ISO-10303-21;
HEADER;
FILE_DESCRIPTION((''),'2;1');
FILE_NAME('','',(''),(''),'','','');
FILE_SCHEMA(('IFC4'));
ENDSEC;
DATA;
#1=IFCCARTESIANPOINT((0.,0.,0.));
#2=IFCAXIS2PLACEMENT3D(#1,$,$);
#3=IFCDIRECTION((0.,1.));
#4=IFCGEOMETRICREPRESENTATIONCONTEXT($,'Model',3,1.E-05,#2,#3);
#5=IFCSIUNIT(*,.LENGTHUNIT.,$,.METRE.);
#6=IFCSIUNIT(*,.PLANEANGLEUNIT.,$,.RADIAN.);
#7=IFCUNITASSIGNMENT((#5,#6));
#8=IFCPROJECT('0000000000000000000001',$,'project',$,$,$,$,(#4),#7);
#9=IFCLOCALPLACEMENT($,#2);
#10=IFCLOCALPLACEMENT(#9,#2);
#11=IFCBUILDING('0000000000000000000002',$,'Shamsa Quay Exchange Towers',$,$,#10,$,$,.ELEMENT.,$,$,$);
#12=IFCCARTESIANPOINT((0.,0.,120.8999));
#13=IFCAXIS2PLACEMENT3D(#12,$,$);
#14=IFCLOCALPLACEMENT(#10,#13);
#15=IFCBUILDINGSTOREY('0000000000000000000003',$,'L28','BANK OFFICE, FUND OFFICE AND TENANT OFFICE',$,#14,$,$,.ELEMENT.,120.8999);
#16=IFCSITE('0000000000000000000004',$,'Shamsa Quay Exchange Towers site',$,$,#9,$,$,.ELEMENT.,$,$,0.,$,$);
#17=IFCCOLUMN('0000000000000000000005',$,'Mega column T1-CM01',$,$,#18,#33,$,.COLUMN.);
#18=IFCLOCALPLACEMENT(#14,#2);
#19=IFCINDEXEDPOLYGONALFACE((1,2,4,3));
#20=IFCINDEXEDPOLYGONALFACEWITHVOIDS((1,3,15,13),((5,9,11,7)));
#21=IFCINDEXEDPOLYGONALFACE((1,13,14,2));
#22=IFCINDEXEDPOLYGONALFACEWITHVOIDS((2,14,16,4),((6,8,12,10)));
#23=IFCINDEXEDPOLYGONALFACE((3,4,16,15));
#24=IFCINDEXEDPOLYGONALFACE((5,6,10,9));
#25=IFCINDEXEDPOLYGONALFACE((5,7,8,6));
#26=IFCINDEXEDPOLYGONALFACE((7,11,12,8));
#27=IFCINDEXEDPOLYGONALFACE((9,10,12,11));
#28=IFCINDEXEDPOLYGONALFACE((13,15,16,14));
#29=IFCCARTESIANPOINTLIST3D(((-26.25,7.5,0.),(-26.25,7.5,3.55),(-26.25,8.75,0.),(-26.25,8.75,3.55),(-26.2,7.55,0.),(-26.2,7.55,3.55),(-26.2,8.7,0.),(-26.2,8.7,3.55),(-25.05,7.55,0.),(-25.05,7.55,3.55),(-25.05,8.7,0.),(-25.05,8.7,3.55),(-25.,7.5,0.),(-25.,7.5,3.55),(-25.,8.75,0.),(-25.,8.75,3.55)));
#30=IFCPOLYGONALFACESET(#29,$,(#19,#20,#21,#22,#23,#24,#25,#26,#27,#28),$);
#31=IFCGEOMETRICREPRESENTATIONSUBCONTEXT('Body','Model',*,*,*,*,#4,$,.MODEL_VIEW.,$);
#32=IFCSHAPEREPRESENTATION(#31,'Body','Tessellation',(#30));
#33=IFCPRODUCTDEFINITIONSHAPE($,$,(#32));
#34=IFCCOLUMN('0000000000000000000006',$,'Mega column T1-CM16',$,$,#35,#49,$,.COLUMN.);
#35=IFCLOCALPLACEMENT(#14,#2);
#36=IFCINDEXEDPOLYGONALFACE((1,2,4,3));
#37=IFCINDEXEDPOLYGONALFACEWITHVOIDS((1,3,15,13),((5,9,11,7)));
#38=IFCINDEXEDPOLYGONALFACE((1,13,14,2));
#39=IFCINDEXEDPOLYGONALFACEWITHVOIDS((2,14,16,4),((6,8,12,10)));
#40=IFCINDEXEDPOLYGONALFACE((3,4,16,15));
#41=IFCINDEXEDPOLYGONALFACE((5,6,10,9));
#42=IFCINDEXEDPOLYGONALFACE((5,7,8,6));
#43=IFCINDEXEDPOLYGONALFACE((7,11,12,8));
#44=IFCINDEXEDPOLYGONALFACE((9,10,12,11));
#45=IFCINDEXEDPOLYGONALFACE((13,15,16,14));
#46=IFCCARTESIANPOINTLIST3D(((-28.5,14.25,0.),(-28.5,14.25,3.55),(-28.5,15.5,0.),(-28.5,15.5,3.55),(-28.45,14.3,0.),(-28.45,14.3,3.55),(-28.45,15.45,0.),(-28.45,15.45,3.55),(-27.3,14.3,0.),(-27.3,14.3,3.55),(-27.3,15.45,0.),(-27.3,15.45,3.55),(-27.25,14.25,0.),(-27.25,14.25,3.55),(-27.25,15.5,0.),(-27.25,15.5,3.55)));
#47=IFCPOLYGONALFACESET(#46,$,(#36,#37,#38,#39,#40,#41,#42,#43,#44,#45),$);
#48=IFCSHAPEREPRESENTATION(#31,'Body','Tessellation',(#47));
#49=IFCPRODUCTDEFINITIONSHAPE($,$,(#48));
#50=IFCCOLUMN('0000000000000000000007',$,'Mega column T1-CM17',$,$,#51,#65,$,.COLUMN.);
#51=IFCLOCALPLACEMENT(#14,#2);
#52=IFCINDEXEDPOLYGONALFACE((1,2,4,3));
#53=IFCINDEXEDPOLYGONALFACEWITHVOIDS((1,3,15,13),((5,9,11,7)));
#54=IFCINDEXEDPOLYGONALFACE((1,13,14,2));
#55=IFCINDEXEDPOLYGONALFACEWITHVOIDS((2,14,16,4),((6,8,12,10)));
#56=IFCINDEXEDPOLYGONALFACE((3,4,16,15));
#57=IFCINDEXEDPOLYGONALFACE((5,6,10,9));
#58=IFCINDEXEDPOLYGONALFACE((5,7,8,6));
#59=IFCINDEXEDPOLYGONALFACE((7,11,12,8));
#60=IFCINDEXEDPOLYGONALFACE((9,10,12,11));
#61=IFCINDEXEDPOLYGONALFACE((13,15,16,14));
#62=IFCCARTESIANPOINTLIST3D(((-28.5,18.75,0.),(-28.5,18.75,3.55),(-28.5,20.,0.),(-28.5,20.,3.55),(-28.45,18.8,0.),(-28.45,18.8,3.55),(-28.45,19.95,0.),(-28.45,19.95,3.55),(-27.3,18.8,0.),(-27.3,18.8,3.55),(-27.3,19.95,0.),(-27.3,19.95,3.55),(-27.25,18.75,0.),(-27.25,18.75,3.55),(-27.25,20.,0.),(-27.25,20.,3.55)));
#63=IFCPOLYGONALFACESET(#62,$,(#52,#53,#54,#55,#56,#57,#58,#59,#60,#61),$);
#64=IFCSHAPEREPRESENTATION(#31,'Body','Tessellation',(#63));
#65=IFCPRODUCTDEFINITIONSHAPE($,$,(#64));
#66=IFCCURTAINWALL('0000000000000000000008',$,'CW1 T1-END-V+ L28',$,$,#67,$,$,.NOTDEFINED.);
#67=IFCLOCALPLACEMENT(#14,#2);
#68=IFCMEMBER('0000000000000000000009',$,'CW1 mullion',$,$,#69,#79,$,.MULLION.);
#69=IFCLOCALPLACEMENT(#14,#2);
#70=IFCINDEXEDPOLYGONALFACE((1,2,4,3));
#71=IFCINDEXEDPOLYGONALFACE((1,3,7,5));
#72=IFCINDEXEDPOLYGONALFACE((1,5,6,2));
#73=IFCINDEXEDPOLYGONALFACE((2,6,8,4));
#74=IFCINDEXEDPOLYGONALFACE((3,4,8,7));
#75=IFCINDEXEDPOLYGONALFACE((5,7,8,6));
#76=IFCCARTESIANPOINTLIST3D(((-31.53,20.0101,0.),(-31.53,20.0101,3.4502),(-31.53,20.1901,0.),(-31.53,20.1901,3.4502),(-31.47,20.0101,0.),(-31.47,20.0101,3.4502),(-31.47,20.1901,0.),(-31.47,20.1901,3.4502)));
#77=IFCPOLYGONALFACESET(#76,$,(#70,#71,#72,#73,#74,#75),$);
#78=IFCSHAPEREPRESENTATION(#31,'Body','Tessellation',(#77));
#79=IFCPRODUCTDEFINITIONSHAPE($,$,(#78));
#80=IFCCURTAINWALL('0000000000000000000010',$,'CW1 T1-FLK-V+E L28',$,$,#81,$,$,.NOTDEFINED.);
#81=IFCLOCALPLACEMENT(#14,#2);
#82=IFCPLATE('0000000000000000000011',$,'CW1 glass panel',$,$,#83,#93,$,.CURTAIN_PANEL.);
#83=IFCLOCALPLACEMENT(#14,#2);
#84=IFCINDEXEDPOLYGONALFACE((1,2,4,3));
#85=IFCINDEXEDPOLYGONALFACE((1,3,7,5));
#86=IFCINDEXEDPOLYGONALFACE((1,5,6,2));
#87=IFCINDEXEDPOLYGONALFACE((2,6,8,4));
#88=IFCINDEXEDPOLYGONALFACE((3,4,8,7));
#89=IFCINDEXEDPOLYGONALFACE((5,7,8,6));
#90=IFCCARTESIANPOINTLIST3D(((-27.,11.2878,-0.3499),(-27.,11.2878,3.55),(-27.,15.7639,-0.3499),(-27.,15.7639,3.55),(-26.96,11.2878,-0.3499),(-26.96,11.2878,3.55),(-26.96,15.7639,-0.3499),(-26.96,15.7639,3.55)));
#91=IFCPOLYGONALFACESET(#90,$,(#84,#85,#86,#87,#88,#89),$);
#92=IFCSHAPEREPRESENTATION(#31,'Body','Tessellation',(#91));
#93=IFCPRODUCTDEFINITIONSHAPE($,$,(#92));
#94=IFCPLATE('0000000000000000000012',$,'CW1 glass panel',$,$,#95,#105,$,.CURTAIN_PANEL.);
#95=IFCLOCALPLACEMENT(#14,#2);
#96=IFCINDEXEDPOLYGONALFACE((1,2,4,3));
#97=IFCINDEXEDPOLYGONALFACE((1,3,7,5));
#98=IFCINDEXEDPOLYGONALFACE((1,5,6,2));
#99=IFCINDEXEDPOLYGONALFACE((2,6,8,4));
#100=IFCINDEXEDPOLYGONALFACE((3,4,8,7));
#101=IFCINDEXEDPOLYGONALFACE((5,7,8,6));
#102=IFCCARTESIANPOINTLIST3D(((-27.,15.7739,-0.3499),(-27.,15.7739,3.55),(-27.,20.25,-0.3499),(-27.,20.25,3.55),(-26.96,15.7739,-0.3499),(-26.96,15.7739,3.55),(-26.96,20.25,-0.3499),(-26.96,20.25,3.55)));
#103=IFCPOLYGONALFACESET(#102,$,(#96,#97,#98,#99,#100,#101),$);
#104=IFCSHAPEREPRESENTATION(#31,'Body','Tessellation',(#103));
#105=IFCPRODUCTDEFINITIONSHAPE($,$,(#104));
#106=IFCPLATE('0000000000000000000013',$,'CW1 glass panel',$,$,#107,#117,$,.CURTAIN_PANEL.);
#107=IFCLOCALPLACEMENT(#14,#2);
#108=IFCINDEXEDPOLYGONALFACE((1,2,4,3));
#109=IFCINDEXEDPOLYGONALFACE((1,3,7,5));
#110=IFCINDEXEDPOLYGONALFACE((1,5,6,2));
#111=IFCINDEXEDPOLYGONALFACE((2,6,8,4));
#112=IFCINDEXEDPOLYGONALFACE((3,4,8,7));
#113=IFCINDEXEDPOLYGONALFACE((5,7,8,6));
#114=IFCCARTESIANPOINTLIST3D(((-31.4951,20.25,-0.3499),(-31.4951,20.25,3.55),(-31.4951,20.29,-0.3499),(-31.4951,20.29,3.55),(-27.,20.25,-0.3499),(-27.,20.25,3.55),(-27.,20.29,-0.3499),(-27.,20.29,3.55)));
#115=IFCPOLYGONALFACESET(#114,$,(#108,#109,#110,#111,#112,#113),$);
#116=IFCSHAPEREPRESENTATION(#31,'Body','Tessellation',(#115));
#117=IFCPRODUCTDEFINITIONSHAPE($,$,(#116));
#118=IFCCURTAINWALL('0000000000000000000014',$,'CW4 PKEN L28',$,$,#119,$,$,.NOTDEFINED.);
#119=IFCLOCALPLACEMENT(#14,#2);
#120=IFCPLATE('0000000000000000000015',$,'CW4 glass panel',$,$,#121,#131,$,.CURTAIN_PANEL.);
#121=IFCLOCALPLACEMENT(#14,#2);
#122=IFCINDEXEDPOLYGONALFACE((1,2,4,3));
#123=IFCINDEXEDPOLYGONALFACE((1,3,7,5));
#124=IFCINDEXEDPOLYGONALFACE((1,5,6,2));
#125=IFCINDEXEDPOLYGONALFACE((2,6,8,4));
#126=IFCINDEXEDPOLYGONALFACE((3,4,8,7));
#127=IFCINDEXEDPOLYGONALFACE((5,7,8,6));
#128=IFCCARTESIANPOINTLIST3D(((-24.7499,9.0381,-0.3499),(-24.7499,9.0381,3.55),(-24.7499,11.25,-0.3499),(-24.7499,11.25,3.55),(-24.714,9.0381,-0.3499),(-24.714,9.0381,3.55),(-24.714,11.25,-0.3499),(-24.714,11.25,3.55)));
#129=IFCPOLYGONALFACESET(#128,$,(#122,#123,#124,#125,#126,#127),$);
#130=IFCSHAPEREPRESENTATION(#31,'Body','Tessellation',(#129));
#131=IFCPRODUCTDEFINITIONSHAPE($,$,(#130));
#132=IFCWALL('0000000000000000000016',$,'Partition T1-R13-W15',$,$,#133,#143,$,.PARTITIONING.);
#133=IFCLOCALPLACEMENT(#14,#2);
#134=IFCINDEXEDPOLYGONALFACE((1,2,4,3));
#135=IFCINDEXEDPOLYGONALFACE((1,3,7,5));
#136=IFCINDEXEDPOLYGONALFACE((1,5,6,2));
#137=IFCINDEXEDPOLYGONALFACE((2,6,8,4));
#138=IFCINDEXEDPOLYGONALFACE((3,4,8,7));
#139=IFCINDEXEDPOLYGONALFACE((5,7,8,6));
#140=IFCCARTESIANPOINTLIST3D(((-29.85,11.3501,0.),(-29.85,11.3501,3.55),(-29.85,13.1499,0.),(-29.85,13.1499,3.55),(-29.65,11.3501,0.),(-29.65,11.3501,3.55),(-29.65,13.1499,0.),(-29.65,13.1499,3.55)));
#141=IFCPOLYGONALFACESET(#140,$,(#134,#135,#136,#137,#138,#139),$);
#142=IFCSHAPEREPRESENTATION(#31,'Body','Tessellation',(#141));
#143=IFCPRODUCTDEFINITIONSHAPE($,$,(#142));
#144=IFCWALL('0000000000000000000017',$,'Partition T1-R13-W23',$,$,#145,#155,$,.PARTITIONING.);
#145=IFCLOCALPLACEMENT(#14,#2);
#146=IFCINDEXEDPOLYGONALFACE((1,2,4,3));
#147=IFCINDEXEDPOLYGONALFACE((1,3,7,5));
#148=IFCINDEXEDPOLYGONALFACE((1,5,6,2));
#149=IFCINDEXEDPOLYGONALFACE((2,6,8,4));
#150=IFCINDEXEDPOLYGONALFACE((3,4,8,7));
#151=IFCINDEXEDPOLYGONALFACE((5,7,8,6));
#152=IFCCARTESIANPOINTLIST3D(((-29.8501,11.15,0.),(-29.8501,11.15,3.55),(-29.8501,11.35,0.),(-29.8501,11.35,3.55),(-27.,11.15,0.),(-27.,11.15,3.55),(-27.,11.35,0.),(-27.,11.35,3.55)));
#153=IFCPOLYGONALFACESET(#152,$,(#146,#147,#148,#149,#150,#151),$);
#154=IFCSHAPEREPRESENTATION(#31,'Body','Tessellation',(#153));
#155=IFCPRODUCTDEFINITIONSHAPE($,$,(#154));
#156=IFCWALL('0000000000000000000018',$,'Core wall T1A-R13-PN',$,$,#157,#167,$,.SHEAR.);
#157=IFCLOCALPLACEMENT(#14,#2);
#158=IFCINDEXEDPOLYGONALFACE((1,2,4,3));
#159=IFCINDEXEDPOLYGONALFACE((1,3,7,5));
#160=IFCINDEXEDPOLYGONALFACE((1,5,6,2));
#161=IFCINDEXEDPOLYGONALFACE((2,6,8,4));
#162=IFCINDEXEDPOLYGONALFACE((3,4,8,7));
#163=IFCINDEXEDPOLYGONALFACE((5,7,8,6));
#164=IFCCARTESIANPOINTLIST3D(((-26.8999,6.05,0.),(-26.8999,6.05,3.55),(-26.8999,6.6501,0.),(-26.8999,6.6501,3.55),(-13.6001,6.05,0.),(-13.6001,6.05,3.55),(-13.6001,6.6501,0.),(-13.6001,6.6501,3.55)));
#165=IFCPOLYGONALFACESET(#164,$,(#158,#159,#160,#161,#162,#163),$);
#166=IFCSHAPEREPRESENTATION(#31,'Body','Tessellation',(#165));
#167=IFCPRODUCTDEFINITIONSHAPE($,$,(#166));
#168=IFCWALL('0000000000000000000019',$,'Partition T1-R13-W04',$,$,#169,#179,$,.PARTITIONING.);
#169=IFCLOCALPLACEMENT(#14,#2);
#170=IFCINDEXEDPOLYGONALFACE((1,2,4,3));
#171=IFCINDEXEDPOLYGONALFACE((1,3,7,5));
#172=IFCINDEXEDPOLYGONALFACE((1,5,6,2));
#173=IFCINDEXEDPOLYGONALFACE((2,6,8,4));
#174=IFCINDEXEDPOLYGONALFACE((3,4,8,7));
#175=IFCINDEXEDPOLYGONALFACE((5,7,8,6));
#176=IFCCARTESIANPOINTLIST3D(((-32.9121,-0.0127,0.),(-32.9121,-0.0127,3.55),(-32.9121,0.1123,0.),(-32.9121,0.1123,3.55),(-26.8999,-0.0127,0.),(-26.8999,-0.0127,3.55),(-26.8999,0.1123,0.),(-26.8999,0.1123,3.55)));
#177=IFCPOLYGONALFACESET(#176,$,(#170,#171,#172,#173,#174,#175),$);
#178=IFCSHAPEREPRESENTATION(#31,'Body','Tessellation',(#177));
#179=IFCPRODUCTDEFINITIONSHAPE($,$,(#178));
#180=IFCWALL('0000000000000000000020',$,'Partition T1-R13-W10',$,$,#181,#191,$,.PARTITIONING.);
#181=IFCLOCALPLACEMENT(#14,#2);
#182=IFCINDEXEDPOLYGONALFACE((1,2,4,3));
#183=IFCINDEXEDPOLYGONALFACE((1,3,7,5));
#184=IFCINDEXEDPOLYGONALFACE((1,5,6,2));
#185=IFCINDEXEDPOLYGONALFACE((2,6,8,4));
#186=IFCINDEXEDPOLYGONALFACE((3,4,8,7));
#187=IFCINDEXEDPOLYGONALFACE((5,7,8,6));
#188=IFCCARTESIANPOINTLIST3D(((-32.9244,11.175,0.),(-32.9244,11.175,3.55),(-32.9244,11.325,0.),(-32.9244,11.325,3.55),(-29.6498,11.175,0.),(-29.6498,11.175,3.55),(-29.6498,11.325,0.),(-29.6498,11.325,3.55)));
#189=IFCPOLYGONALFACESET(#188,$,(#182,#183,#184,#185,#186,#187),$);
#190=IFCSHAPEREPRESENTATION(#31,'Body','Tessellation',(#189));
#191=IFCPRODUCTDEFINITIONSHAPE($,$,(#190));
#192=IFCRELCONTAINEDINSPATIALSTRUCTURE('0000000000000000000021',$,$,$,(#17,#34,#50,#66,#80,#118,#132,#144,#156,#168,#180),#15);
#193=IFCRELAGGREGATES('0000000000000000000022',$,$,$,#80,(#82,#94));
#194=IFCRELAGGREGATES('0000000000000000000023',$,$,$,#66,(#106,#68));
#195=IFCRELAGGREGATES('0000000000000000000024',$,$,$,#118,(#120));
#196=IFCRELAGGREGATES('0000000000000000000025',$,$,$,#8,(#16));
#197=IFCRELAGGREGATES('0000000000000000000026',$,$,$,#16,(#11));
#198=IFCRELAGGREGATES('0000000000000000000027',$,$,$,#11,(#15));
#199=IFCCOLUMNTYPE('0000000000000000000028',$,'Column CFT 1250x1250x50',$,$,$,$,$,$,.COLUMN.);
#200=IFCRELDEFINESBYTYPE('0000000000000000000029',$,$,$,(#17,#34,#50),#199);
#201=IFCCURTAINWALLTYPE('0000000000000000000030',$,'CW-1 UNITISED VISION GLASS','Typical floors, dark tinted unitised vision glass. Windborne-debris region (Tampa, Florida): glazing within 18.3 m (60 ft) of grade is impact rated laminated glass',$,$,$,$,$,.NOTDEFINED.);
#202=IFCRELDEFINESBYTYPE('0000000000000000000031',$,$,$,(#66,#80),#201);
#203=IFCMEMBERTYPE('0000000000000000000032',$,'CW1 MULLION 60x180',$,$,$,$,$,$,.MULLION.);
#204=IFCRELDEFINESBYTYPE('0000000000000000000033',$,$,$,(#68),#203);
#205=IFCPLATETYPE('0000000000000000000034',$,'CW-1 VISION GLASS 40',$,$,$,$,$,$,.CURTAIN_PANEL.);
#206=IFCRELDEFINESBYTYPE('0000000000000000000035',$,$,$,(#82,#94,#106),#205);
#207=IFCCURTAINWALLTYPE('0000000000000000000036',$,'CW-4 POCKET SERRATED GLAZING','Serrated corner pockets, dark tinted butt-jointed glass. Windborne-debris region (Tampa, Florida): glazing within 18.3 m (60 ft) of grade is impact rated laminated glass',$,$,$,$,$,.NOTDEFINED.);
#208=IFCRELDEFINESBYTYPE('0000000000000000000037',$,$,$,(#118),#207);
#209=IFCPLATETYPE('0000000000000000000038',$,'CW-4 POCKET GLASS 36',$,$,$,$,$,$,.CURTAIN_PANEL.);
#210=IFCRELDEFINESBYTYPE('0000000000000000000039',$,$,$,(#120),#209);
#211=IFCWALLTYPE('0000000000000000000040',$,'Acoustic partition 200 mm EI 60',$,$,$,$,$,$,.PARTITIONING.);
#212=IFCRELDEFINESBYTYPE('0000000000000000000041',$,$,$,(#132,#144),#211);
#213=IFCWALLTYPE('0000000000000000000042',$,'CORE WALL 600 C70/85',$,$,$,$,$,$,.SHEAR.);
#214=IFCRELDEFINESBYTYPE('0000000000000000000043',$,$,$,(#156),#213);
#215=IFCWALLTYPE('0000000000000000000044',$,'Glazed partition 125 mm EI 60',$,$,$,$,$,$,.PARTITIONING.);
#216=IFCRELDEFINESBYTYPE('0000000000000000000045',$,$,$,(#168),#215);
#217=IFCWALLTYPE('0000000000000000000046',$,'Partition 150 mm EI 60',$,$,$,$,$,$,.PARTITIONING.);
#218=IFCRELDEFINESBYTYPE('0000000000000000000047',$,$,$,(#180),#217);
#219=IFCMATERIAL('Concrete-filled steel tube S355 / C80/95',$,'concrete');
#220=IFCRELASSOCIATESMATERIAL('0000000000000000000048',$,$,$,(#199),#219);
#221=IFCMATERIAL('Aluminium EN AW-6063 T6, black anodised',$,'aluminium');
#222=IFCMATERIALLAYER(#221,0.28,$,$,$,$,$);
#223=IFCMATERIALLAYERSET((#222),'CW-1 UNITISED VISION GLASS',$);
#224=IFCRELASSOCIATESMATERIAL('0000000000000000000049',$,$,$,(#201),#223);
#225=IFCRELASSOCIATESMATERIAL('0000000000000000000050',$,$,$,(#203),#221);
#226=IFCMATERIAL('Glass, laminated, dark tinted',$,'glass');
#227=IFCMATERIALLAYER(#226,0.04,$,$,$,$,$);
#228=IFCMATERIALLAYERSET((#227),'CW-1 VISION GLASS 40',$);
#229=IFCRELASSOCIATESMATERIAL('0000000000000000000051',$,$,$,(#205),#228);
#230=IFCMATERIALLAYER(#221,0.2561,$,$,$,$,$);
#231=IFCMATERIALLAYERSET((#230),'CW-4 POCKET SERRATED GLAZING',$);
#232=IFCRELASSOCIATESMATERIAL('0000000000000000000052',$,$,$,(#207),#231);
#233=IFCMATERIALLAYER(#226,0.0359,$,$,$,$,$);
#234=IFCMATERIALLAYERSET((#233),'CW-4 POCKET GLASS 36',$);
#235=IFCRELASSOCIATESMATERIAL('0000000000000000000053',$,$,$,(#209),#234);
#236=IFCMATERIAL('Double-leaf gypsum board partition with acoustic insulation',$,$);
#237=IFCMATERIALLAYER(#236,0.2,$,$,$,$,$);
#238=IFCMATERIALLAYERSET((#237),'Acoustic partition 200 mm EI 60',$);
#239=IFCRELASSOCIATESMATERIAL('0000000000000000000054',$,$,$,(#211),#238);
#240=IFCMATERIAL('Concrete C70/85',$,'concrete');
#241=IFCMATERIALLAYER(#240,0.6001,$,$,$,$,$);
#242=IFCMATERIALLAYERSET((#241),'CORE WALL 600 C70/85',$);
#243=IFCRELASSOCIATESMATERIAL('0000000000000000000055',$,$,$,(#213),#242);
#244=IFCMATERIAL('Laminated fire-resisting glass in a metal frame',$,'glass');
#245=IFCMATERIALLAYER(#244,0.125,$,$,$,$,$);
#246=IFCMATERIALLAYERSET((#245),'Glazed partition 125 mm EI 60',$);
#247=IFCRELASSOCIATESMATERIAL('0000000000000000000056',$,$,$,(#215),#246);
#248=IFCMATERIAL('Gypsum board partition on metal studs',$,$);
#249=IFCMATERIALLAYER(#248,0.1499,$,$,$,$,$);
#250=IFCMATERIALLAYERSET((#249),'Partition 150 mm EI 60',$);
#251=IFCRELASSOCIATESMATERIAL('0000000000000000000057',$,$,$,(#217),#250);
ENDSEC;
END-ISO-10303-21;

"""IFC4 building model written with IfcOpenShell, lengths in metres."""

from ifc_helpers import new_model, si_unit, direction, frame, frame_2d, origin, origin_2d, place, context, subcontext, project, spatial, rectangle, hollow_rectangle, extrude, material, layer, layer_set, material_profile, profile_set, type_object, element, aggregate, save


model = new_model("IFC4")

# Units and contexts
model_context = context("Model", 3, precision=1e-05, world=origin(), true_north=direction((0.0, 1.0)))
body_context = subcontext(model_context, "Body", "Model", "MODEL_VIEW")
ifc_project = project(units=[si_unit("LENGTHUNIT", "METRE"), si_unit("PLANEANGLEUNIT", "RADIAN")], contexts=[model_context])

# Site, building, storey
site_placement = place(None, origin())
site = spatial("IfcSite", under=ifc_project, at=site_placement, Name="Shamsa Quay Exchange Towers site", CompositionType="ELEMENT", RefElevation=0.0)
building_placement = place(site_placement, origin())
building = spatial("IfcBuilding", under=site, at=building_placement, Name="Shamsa Quay Exchange Towers", CompositionType="ELEMENT")
storey_placement = place(building_placement, frame((0.0, 0.0, 120.8999)))
storey = spatial("IfcBuildingStorey", under=building, at=storey_placement, Name="L28", Description="BANK OFFICE, FUND OFFICE AND TENANT OFFICE", CompositionType="ELEMENT", Elevation=120.8999)

# Columns
ifc_material_1 = material(Name="Concrete-filled steel tube S355 / C80/95", Category="concrete")
ifc_material_profile_1 = material_profile(ifc_material_1, hollow_rectangle(XDim=1.25, YDim=1.25, WallThickness=0.05, at=origin_2d()), Name="CFT 1250x1250x50")
ifc_profile_set_1 = profile_set([ifc_material_profile_1], Name="Concrete-filled steel tube S355 / C80/95")
column_type = type_object("IfcColumnType", Name="Column CFT 1250x1250x50", PredefinedType="COLUMN", material=ifc_profile_set_1)
for number, where, name in (
    (1, (-25.625, 8.125, 0.0), "Mega column T1-CM01"),
    (2, (-27.875, 14.875, 0.0), "Mega column T1-CM16"),
    (3, (-27.875, 19.375, 0.0), "Mega column T1-CM17"),
):
    element("IfcColumn", number, at=place(storey_placement, frame(where)), inside=storey, type_object=column_type, Name=name, PredefinedType="COLUMN", context=body_context, shape_type="SweptSolid", body=[
        extrude(hollow_rectangle(XDim=1.25, YDim=1.25, WallThickness=0.05, at=origin_2d()), origin(), (0.0, 0.0, 1.0), 3.55),
    ])

# Curtain wall, member
ifc_material_2 = material(Name="Aluminium EN AW-6063 T6, black anodised", Category="aluminium")
ifc_layer_1 = layer(ifc_material_2, 0.28)
ifc_layer_set_1 = layer_set([ifc_layer_1], Name="CW-1 UNITISED VISION GLASS")
curtain_wall_type_1 = type_object("IfcCurtainWallType", Name="CW-1 UNITISED VISION GLASS", Description="Typical floors, dark tinted unitised vision glass. Windborne-debris region (Tampa, Florida): glazing within 18.3 m (60 ft) of grade is impact rated laminated glass", PredefinedType="NOTDEFINED", material=ifc_layer_set_1)
curtain_wall_1_placement = place(storey_placement, origin())
curtain_wall_1 = element("IfcCurtainWall", 4, at=curtain_wall_1_placement, inside=storey, type_object=curtain_wall_type_1, Name="CW1 T1-END-V+ L28", PredefinedType="NOTDEFINED")
ifc_material_profile_2 = material_profile(ifc_material_2, rectangle(XDim=0.1799, YDim=0.0601, at=origin_2d()), Name="MU60x180")
ifc_profile_set_2 = profile_set([ifc_material_profile_2], Name="Aluminium EN AW-6063 T6, black anodised")
member_type = type_object("IfcMemberType", Name="CW1 MULLION 60x180", PredefinedType="MULLION", material=ifc_profile_set_2)
member_placement = place(storey_placement, frame((-31.5, 20.1001, 0.0), z_axis=(0.0, 0.0, 1.0), x_axis=(0.0, -1.0, 0.0)))
member = element("IfcMember", 5, at=member_placement, type_object=member_type, Name="CW1 mullion", PredefinedType="MULLION", context=body_context, shape_type="SweptSolid", body=[
    extrude(rectangle(XDim=0.1799, YDim=0.0601, at=origin_2d()), origin(), (0.0, 0.0, 1.0), 3.4502),
])

# Curtain wall, plates
curtain_wall_2_placement = place(storey_placement, origin())
curtain_wall_2 = element("IfcCurtainWall", 6, at=curtain_wall_2_placement, inside=storey, type_object=curtain_wall_type_1, Name="CW1 T1-FLK-V+E L28", PredefinedType="NOTDEFINED")
ifc_material_3 = material(Name="Glass, laminated, dark tinted", Category="glass")
ifc_layer_2 = layer(ifc_material_3, 0.04)
ifc_layer_set_2 = layer_set([ifc_layer_2], Name="CW-1 VISION GLASS 40")
plate_type_1 = type_object("IfcPlateType", Name="CW-1 VISION GLASS 40", PredefinedType="CURTAIN_PANEL", material=ifc_layer_set_2)
plate_1_placement = place(storey_placement, frame((-26.98, 13.5259, -0.3499), z_axis=(0.0, 0.0, 1.0), x_axis=(0.0, 1.0, 0.0)))
plate_1 = element("IfcPlate", 7, at=plate_1_placement, type_object=plate_type_1, Name="CW1 glass panel", PredefinedType="CURTAIN_PANEL", context=body_context, shape_type="SweptSolid", body=[
    extrude(rectangle(XDim=4.4761, YDim=0.04, at=origin_2d()), origin(), (0.0, 0.0, 1.0), 3.8999),
])
plate_2_placement = place(storey_placement, frame((-26.98, 18.012, -0.3499), z_axis=(0.0, 0.0, 1.0), x_axis=(0.0, 1.0, 0.0)))
plate_2 = element("IfcPlate", 8, at=plate_2_placement, type_object=plate_type_1, Name="CW1 glass panel", PredefinedType="CURTAIN_PANEL", context=body_context, shape_type="SweptSolid", body=[
    extrude(rectangle(XDim=4.4761, YDim=0.04, at=origin_2d()), origin(), (0.0, 0.0, 1.0), 3.8999),
])
aggregate(curtain_wall_2, [plate_1, plate_2])

# Plate
plate_3_placement = place(storey_placement, frame((-29.2476, 20.27, -0.3499), z_axis=(0.0, 0.0, 1.0), x_axis=(-1.0, 0.0, 0.0)))
plate_3 = element("IfcPlate", 9, at=plate_3_placement, type_object=plate_type_1, Name="CW1 glass panel", PredefinedType="CURTAIN_PANEL", context=body_context, shape_type="SweptSolid", body=[
    extrude(rectangle(XDim=4.4951, YDim=0.04, at=origin_2d()), origin(), (0.0, 0.0, 1.0), 3.8999),
])
aggregate(curtain_wall_1, [plate_3, member])

# Curtain wall, plate
ifc_layer_3 = layer(ifc_material_2, 0.2561)
ifc_layer_set_3 = layer_set([ifc_layer_3], Name="CW-4 POCKET SERRATED GLAZING")
curtain_wall_type_2 = type_object("IfcCurtainWallType", Name="CW-4 POCKET SERRATED GLAZING", Description="Serrated corner pockets, dark tinted butt-jointed glass. Windborne-debris region (Tampa, Florida): glazing within 18.3 m (60 ft) of grade is impact rated laminated glass", PredefinedType="NOTDEFINED", material=ifc_layer_set_3)
curtain_wall_3_placement = place(storey_placement, origin())
curtain_wall_3 = element("IfcCurtainWall", 10, at=curtain_wall_3_placement, inside=storey, type_object=curtain_wall_type_2, Name="CW4 PKEN L28", PredefinedType="NOTDEFINED")
ifc_layer_4 = layer(ifc_material_3, 0.0359)
ifc_layer_set_4 = layer_set([ifc_layer_4], Name="CW-4 POCKET GLASS 36")
plate_type_2 = type_object("IfcPlateType", Name="CW-4 POCKET GLASS 36", PredefinedType="CURTAIN_PANEL", material=ifc_layer_set_4)
plate_4_placement = place(storey_placement, frame((-24.7319, 10.144, -0.3499), z_axis=(0.0, 0.0, 1.0), x_axis=(0.0, 1.0, 0.0)))
plate_4 = element("IfcPlate", 11, at=plate_4_placement, type_object=plate_type_2, Name="CW4 glass panel", PredefinedType="CURTAIN_PANEL", context=body_context, shape_type="SweptSolid", body=[
    extrude(rectangle(XDim=2.2119, YDim=0.0359, at=origin_2d()), origin(), (0.0, 0.0, 1.0), 3.8999),
])
aggregate(curtain_wall_3, [plate_4])

# Shared definitions
ifc_material_4 = material(Name="Double-leaf gypsum board partition with acoustic insulation")
ifc_layer_5 = layer(ifc_material_4, 0.2)
ifc_layer_set_5 = layer_set([ifc_layer_5], Name="Acoustic partition 200 mm EI 60")
wall_type_1 = type_object("IfcWallType", Name="Acoustic partition 200 mm EI 60", PredefinedType="PARTITIONING", material=ifc_layer_set_5)

# Walls
wall_1_placement = place(storey_placement, frame((-29.75, 11.3501, 0.0), z_axis=(0.0, 0.0, 1.0), x_axis=(0.0, 1.0, 0.0)))
element("IfcWall", 12, at=wall_1_placement, inside=storey, type_object=wall_type_1, Name="Partition T1-R13-W15", PredefinedType="PARTITIONING", context=body_context, shape_type="SweptSolid", body=[
    extrude(rectangle(XDim=1.7998, YDim=0.2, at=frame_2d((0.8999, 0.0))), origin(), (0.0, 0.0, 1.0), 3.55),
])
wall_2_placement = place(storey_placement, frame((-27.0, 11.25, 0.0), z_axis=(0.0, 0.0, 1.0), x_axis=(-1.0, 0.0, 0.0)))
element("IfcWall", 13, at=wall_2_placement, inside=storey, type_object=wall_type_1, Name="Partition T1-R13-W23", PredefinedType="PARTITIONING", context=body_context, shape_type="SweptSolid", body=[
    extrude(rectangle(XDim=2.8501, YDim=0.2, at=frame_2d((1.425, 0.0))), origin(), (0.0, 0.0, 1.0), 3.55),
])

# Wall
ifc_material_5 = material(Name="Concrete C70/85", Category="concrete")
ifc_layer_6 = layer(ifc_material_5, 0.6001)
ifc_layer_set_6 = layer_set([ifc_layer_6], Name="CORE WALL 600 C70/85")
wall_type_2 = type_object("IfcWallType", Name="CORE WALL 600 C70/85", PredefinedType="SHEAR", material=ifc_layer_set_6)
wall_3_placement = place(storey_placement, frame((-26.8999, 6.3501, 0.0)))
element("IfcWall", 14, at=wall_3_placement, inside=storey, type_object=wall_type_2, Name="Core wall T1A-R13-PN", PredefinedType="SHEAR", context=body_context, shape_type="SweptSolid", body=[
    extrude(rectangle(XDim=13.2998, YDim=0.6001, at=frame_2d((6.6499, 0.0))), origin(), (0.0, 0.0, 1.0), 3.55),
])

# Walls
ifc_material_6 = material(Name="Laminated fire-resisting glass in a metal frame", Category="glass")
ifc_layer_7 = layer(ifc_material_6, 0.125)
ifc_layer_set_7 = layer_set([ifc_layer_7], Name="Glazed partition 125 mm EI 60")
wall_type_3 = type_object("IfcWallType", Name="Glazed partition 125 mm EI 60", PredefinedType="PARTITIONING", material=ifc_layer_set_7)
wall_4_placement = place(storey_placement, frame((-26.8999, 0.0498, 0.0), z_axis=(0.0, 0.0, 1.0), x_axis=(-1.0, 0.0, 0.0)))
element("IfcWall", 15, at=wall_4_placement, inside=storey, type_object=wall_type_3, Name="Partition T1-R13-W04", PredefinedType="PARTITIONING", context=body_context, shape_type="SweptSolid", body=[
    extrude(rectangle(XDim=6.0122, YDim=0.125, at=frame_2d((3.0061, 0.0))), origin(), (0.0, 0.0, 1.0), 3.55),
])
ifc_material_7 = material(Name="Gypsum board partition on metal studs")
ifc_layer_8 = layer(ifc_material_7, 0.1499)
ifc_layer_set_8 = layer_set([ifc_layer_8], Name="Partition 150 mm EI 60")
wall_type_4 = type_object("IfcWallType", Name="Partition 150 mm EI 60", PredefinedType="PARTITIONING", material=ifc_layer_set_8)
wall_5_placement = place(storey_placement, frame((-29.6499, 11.25, 0.0), z_axis=(0.0, 0.0, 1.0), x_axis=(-1.0, 0.0, 0.0)))
element("IfcWall", 16, at=wall_5_placement, inside=storey, type_object=wall_type_4, Name="Partition T1-R13-W10", PredefinedType="PARTITIONING", context=body_context, shape_type="SweptSolid", body=[
    extrude(rectangle(XDim=3.2747, YDim=0.1499, at=frame_2d((1.6372, 0.0))), origin(), (0.0, 0.0, 1.0), 3.55),
])

save(model, "model.ifc")
